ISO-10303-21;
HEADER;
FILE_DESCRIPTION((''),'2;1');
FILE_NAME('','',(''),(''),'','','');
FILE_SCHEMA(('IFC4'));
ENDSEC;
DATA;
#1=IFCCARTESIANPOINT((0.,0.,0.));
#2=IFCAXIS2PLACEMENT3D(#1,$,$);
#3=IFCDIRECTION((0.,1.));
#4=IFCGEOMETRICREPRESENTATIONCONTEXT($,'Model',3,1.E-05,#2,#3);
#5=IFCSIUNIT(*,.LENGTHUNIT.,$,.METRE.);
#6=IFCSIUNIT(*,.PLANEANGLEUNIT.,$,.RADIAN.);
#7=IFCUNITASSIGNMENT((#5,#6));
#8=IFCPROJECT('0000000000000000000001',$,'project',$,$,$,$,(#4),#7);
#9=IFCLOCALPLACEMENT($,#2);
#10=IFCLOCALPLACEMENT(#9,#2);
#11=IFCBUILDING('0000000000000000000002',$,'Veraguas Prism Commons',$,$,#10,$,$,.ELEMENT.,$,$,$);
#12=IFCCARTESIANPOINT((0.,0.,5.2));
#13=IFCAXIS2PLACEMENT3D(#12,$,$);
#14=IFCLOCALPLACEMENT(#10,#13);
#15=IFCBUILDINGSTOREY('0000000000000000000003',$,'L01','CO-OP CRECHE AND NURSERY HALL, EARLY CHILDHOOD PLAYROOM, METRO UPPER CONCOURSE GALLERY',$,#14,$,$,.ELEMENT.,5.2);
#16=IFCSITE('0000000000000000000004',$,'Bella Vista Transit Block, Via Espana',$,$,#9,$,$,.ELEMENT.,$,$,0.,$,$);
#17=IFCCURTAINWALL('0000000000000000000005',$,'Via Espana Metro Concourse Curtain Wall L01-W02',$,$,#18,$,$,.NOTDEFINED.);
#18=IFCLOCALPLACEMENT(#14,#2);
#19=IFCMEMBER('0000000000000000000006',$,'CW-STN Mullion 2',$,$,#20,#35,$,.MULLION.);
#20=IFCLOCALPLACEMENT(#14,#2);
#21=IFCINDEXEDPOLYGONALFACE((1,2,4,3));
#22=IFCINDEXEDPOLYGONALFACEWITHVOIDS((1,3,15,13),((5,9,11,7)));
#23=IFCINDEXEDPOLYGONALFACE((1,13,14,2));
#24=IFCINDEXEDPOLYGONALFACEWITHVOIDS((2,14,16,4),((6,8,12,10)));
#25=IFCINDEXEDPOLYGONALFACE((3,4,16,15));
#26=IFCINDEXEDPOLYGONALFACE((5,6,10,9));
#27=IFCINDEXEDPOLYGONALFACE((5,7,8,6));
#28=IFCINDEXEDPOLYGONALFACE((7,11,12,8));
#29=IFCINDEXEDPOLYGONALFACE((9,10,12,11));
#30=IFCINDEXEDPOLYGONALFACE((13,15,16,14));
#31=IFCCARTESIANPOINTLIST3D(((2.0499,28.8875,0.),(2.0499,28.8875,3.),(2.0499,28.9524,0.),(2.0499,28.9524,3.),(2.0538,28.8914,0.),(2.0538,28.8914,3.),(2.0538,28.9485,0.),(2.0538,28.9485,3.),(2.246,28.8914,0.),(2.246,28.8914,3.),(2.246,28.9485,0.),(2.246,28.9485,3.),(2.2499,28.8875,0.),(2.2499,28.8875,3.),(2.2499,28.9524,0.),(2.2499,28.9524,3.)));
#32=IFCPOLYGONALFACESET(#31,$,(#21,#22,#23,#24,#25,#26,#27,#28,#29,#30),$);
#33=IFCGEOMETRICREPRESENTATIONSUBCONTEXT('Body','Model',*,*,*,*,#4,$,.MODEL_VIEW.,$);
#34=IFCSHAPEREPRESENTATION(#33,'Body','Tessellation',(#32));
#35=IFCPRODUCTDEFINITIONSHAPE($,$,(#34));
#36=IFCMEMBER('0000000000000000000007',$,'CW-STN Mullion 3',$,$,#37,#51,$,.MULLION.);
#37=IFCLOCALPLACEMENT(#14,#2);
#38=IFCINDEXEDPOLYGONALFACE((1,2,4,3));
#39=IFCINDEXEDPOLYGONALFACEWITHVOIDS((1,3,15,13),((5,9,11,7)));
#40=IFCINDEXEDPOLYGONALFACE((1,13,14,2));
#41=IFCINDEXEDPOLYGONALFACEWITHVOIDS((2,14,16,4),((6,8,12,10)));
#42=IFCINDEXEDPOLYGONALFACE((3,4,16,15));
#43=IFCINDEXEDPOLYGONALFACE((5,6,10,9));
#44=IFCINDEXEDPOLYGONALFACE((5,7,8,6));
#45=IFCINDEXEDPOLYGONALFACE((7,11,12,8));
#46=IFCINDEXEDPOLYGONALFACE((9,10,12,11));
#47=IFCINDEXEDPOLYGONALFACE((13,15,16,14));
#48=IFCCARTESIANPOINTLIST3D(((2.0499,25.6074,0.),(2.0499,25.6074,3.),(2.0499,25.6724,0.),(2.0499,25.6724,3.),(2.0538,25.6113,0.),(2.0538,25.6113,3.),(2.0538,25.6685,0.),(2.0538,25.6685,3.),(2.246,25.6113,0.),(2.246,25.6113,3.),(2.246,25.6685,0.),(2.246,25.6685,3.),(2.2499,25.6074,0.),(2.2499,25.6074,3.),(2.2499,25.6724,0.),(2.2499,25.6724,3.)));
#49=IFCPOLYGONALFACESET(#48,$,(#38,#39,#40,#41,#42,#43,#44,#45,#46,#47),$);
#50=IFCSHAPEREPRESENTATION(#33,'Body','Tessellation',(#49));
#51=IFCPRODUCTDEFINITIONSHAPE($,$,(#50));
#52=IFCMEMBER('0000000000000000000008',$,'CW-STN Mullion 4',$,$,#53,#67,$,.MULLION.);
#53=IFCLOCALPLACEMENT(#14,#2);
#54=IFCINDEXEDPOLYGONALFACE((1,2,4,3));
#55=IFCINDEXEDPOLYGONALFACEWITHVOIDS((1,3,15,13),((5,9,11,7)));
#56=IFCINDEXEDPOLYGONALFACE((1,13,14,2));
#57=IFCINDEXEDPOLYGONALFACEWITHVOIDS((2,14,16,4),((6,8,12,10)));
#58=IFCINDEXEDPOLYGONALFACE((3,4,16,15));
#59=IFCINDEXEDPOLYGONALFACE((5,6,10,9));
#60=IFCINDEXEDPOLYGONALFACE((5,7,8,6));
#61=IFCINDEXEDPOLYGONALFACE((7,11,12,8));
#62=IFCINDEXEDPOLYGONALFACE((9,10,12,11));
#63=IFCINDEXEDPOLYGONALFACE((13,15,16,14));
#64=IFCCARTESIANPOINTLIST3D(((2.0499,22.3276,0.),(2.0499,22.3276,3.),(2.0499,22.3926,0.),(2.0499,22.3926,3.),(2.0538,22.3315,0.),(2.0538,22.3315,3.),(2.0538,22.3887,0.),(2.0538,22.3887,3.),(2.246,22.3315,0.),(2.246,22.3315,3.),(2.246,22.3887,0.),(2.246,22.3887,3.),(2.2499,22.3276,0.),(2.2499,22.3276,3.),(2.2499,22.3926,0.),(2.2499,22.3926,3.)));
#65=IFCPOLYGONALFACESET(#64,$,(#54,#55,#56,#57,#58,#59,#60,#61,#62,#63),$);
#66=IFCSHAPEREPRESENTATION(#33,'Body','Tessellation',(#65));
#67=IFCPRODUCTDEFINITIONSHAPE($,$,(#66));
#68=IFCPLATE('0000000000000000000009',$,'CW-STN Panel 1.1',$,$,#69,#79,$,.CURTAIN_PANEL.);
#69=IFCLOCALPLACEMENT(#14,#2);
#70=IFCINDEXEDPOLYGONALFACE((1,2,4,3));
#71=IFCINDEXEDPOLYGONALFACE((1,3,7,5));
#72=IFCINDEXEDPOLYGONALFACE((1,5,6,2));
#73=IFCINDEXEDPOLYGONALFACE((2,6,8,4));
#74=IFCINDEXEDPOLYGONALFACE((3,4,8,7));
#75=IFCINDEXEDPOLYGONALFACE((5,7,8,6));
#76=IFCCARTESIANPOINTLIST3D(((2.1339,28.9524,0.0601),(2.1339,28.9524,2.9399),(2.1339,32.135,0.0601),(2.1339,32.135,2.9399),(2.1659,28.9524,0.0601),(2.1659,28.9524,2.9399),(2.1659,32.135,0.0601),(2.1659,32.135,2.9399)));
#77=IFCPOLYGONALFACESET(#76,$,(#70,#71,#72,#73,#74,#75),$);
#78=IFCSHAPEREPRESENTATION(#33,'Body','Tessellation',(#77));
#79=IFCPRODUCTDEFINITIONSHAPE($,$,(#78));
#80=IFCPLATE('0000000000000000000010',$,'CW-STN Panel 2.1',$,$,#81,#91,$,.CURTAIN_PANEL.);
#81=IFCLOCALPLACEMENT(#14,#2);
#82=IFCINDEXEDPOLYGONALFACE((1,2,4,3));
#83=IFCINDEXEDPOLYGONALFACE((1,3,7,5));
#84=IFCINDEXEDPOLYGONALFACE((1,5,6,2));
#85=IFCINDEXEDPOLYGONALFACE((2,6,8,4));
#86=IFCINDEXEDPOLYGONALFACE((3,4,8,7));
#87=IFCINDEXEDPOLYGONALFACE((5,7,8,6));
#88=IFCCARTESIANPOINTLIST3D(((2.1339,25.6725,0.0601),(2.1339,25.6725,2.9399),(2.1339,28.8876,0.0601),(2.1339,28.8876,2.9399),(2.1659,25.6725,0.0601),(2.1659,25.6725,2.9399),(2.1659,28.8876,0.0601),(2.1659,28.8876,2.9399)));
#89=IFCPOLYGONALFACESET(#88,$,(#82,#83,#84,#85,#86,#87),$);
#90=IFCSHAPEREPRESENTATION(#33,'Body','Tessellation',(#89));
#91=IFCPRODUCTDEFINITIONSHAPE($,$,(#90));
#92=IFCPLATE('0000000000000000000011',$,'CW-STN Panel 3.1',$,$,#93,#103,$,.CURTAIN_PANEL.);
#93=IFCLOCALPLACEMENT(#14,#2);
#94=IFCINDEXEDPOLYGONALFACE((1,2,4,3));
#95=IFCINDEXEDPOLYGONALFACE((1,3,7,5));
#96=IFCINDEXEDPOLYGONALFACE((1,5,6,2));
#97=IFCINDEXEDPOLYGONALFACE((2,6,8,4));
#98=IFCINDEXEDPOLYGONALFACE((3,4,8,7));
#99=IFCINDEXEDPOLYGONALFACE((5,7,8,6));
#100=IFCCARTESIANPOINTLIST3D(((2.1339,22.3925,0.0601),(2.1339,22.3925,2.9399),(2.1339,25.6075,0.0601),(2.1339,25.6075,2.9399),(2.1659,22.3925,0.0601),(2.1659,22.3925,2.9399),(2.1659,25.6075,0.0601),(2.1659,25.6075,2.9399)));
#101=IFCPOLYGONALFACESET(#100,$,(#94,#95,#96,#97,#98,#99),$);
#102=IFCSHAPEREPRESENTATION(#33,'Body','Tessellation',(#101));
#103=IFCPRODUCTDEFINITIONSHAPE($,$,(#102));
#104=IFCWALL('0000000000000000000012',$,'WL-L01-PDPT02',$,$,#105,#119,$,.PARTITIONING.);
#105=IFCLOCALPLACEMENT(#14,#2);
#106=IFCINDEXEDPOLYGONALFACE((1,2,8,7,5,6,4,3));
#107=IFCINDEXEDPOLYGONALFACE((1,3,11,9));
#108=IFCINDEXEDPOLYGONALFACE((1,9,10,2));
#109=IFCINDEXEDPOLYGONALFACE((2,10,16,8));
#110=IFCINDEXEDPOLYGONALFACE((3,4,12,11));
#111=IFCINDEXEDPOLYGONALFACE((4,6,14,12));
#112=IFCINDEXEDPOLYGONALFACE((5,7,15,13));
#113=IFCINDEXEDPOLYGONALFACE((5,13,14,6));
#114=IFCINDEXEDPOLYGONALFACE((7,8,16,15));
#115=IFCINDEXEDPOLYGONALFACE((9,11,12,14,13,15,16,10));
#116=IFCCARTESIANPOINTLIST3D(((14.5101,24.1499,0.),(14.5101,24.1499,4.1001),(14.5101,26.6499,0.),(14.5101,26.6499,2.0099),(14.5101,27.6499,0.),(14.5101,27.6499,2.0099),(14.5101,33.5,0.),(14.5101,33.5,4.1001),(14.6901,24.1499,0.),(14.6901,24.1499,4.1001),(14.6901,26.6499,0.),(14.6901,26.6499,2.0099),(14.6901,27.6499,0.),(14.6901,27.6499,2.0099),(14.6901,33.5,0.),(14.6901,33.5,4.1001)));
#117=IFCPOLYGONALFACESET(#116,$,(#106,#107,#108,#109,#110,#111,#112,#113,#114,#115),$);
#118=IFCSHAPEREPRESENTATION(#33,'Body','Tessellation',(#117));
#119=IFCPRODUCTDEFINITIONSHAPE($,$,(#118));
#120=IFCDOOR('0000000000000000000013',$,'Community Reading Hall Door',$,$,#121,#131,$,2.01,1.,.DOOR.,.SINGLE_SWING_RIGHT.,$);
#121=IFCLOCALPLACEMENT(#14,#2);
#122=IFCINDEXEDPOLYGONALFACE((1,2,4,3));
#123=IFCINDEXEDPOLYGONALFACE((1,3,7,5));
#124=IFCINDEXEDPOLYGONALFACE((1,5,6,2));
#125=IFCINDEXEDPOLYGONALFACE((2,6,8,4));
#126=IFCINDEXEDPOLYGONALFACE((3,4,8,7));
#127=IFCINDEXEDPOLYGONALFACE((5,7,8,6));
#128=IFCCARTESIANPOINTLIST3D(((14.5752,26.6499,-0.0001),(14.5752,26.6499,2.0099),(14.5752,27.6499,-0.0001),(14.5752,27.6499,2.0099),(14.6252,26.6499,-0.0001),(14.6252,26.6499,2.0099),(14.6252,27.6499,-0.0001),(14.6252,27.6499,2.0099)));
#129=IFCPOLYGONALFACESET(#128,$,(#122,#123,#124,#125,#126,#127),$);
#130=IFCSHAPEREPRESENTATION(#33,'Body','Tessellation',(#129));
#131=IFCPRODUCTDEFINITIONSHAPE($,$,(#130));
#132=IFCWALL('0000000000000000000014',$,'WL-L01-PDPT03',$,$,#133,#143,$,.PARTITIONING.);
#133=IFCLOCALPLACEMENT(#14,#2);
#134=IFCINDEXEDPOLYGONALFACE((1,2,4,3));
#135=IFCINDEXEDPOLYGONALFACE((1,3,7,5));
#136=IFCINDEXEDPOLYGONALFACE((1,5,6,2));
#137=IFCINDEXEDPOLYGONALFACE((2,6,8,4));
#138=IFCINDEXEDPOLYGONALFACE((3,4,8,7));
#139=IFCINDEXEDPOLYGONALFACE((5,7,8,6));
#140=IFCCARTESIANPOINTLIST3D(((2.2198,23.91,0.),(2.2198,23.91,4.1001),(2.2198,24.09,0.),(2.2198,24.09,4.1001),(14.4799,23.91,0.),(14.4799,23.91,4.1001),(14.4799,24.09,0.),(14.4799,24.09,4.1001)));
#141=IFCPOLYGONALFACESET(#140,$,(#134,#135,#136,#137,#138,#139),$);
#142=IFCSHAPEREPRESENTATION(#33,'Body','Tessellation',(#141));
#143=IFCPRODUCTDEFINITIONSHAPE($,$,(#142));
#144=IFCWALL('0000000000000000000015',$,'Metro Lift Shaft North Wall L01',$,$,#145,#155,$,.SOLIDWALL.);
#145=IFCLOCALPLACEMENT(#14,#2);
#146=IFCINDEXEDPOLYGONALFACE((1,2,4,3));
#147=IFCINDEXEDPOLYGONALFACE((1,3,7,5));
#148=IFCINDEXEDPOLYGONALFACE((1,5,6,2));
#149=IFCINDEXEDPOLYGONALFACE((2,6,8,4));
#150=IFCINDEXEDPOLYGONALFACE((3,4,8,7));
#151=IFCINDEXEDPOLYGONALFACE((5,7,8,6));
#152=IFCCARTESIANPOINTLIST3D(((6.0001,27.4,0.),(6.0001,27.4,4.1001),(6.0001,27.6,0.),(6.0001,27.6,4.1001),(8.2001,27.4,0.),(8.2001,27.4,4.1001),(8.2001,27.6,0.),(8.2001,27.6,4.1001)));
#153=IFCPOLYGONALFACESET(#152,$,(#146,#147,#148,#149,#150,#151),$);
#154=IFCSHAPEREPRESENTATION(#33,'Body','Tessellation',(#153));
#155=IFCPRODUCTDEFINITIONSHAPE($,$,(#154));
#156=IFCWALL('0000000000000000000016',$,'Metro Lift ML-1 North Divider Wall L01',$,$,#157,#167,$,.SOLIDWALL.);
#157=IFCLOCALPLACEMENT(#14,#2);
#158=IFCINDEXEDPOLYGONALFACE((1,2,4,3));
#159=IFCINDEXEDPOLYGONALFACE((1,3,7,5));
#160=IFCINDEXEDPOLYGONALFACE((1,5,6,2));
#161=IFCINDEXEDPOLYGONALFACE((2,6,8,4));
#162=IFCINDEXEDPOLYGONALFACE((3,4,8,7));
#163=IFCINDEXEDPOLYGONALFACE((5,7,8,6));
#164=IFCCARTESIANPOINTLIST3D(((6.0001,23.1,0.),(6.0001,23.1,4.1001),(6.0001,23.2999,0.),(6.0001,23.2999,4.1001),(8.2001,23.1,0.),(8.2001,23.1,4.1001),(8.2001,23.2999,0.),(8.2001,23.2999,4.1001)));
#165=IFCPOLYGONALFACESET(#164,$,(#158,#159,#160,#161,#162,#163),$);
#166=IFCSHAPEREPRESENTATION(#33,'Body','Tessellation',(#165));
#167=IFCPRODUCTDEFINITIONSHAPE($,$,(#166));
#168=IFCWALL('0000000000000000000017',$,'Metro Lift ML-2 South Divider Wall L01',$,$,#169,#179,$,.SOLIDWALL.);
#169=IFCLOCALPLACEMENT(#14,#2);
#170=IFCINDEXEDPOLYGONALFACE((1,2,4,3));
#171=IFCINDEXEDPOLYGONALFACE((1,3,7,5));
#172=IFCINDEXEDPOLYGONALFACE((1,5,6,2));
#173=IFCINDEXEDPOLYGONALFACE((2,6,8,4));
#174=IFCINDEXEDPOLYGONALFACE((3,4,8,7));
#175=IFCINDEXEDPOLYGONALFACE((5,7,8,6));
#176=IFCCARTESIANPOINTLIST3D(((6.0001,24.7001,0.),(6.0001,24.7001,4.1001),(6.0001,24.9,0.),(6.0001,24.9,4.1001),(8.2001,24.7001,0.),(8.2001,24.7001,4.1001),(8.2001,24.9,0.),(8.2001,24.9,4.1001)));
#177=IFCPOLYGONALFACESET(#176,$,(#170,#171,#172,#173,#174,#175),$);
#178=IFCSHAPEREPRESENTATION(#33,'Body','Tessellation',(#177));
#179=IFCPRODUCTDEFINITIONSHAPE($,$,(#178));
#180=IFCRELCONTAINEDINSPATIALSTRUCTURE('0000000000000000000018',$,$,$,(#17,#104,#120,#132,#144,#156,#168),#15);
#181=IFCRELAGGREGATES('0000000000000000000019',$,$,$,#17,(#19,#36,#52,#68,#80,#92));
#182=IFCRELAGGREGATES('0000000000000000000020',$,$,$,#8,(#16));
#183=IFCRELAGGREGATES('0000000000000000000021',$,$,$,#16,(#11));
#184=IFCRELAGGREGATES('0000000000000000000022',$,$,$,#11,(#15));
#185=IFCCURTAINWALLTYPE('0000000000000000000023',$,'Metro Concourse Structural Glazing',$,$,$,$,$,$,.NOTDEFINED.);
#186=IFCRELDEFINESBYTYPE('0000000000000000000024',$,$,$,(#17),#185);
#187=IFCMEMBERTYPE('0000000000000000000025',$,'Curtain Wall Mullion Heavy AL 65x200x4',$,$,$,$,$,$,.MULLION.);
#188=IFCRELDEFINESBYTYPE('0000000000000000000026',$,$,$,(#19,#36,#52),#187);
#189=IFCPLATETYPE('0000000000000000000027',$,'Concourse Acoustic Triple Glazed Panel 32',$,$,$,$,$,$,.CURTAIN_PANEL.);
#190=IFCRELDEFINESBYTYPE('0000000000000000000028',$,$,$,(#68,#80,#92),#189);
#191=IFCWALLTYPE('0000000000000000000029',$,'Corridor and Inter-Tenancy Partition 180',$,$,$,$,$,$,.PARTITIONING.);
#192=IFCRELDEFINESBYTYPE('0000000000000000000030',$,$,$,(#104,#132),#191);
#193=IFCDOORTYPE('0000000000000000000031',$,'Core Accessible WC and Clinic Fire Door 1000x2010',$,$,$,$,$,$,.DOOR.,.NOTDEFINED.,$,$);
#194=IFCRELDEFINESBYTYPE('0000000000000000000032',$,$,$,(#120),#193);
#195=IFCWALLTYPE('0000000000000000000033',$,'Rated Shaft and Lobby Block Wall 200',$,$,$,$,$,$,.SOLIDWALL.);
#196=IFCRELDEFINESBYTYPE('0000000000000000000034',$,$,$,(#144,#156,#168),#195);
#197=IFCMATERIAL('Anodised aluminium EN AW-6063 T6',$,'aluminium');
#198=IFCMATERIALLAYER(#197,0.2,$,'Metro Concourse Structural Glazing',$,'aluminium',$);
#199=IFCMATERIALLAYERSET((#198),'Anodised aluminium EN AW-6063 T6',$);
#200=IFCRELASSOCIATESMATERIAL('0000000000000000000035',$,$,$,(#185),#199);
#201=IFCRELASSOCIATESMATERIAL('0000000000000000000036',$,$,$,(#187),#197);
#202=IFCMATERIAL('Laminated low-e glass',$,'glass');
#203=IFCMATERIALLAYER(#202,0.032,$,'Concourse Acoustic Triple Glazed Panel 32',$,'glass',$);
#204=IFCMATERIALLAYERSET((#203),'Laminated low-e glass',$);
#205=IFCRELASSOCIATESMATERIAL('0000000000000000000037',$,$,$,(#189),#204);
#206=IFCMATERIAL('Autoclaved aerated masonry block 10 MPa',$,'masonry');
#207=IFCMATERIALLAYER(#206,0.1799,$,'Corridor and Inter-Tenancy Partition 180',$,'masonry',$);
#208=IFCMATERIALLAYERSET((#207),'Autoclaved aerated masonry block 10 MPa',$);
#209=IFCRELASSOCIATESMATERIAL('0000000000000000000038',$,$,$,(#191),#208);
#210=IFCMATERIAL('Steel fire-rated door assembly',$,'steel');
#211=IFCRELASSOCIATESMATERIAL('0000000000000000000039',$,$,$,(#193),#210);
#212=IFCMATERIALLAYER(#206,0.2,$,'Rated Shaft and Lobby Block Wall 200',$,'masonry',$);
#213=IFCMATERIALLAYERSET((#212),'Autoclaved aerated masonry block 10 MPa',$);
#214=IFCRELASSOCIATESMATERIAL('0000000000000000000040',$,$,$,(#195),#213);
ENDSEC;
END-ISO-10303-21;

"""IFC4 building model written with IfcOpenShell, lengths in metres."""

from ifc_helpers import new_model, si_unit, direction, frame, frame_2d, origin, origin_2d, place, context, subcontext, project, spatial, rectangle, hollow_rectangle, extrude, source, transform, mapped, material, layer, layer_set, material_profile, profile_set, type_object, element, fill, aggregate, save


model = new_model("IFC4")

# Units and contexts
model_context = context("Model", 3, precision=1e-05, world=origin(), true_north=direction((0.0, 1.0)))
body_context = subcontext(model_context, "Body", "Model", "MODEL_VIEW")
ifc_project = project(units=[si_unit("LENGTHUNIT", "METRE"), si_unit("PLANEANGLEUNIT", "RADIAN")], contexts=[model_context])

# Site, building, storey
site_placement = place(None, origin())
site = spatial("IfcSite", under=ifc_project, at=site_placement, Name="Bella Vista Transit Block, Via Espana", CompositionType="ELEMENT", RefElevation=0.0)
building_placement = place(site_placement, origin())
building = spatial("IfcBuilding", under=site, at=building_placement, Name="Veraguas Prism Commons", CompositionType="ELEMENT")
storey_placement = place(building_placement, frame((0.0, 0.0, 5.2)))
storey = spatial("IfcBuildingStorey", under=building, at=storey_placement, Name="L01", Description="CO-OP CRECHE AND NURSERY HALL, EARLY CHILDHOOD PLAYROOM, METRO UPPER CONCOURSE GALLERY", CompositionType="ELEMENT", Elevation=5.2)

# Curtain wall, members, plates
ifc_material_1 = material(Name="Anodised aluminium EN AW-6063 T6", Category="aluminium")
ifc_layer_1 = layer(ifc_material_1, 0.2, Name="Metro Concourse Structural Glazing", Category="aluminium")
ifc_layer_set_1 = layer_set([ifc_layer_1], Name="Anodised aluminium EN AW-6063 T6")
curtain_wall_type = type_object("IfcCurtainWallType", Name="Metro Concourse Structural Glazing", PredefinedType="NOTDEFINED", material=ifc_layer_set_1)
curtain_wall_placement = place(storey_placement, origin())
curtain_wall = element("IfcCurtainWall", 1, at=curtain_wall_placement, inside=storey, type_object=curtain_wall_type, Name="Via Espana Metro Concourse Curtain Wall L01-W02", PredefinedType="NOTDEFINED")
ifc_material_profile_1 = material_profile(ifc_material_1, hollow_rectangle(XDim=0.0649, YDim=0.2, WallThickness=0.0039, at=origin_2d()), Name="AL65X200X4")
ifc_profile_set_1 = profile_set([ifc_material_profile_1], Name="Anodised aluminium EN AW-6063 T6")
member_type_1 = type_object("IfcMemberType", Name="Curtain Wall Mullion Heavy AL 65x200x4", PredefinedType="MULLION", material=ifc_profile_set_1)
shared_shape_1 = source(origin(), body_context, "Body", "SweptSolid", [
    extrude(hollow_rectangle(XDim=0.0649, YDim=0.2, WallThickness=0.0039, at=origin_2d()), origin(), (0.0, 0.0, 1.0), 3.0),
])
member_1_placement = place(storey_placement, frame((2.1499, 28.9199, 0.0), z_axis=(0.0, 0.0, 1.0), x_axis=(0.0, -1.0, 0.0)))
member_1 = element("IfcMember", 2, at=member_1_placement, type_object=member_type_1, Name="CW-STN Mullion 2", PredefinedType="MULLION", context=body_context, shape_type="MappedRepresentation", body=[
    mapped(shared_shape_1, transform((0.0, 0.0, 0.0), scale=1.0)),
])
member_2_placement = place(storey_placement, frame((2.1499, 25.6399, 0.0), z_axis=(0.0, 0.0, 1.0), x_axis=(0.0, -1.0, 0.0)))
member_2 = element("IfcMember", 3, at=member_2_placement, type_object=member_type_1, Name="CW-STN Mullion 3", PredefinedType="MULLION", context=body_context, shape_type="MappedRepresentation", body=[
    mapped(shared_shape_1, transform((0.0, 0.0, 0.0), scale=1.0)),
])
member_3_placement = place(storey_placement, frame((2.1499, 22.3601, 0.0), z_axis=(0.0, 0.0, 1.0), x_axis=(0.0, -1.0, 0.0)))
member_3 = element("IfcMember", 4, at=member_3_placement, type_object=member_type_1, Name="CW-STN Mullion 4", PredefinedType="MULLION", context=body_context, shape_type="MappedRepresentation", body=[
    mapped(shared_shape_1, transform((0.0, 0.0, 0.0), scale=1.0)),
])
ifc_material_2 = material(Name="Laminated low-e glass", Category="glass")
ifc_layer_2 = layer(ifc_material_2, 0.032, Name="Concourse Acoustic Triple Glazed Panel 32", Category="glass")
ifc_layer_set_2 = layer_set([ifc_layer_2], Name="Laminated low-e glass")
plate_type = type_object("IfcPlateType", Name="Concourse Acoustic Triple Glazed Panel 32", PredefinedType="CURTAIN_PANEL", material=ifc_layer_set_2)
shared_shape_2 = source(origin(), body_context, "Body", "SweptSolid", [
    extrude(rectangle(XDim=3.1826, YDim=0.032, at=origin_2d()), origin(), (0.0, 0.0, 1.0), 2.8799),
])
plate_1_placement = place(storey_placement, frame((2.1499, 30.5437, 0.0601), z_axis=(0.0, 0.0, 1.0), x_axis=(0.0, -1.0, 0.0)))
plate_1 = element("IfcPlate", 5, at=plate_1_placement, type_object=plate_type, Name="CW-STN Panel 1.1", PredefinedType="CURTAIN_PANEL", context=body_context, shape_type="MappedRepresentation", body=[
    mapped(shared_shape_2, transform((0.0, 0.0, 0.0), scale=1.0)),
])
shared_shape_3 = source(origin(), body_context, "Body", "SweptSolid", [
    extrude(rectangle(XDim=3.2151, YDim=0.032, at=origin_2d()), origin(), (0.0, 0.0, 1.0), 2.8799),
])
plate_2_placement = place(storey_placement, frame((2.1499, 27.28, 0.0601), z_axis=(0.0, 0.0, 1.0), x_axis=(0.0, -1.0, 0.0)))
plate_2 = element("IfcPlate", 6, at=plate_2_placement, type_object=plate_type, Name="CW-STN Panel 2.1", PredefinedType="CURTAIN_PANEL", context=body_context, shape_type="MappedRepresentation", body=[
    mapped(shared_shape_3, transform((0.0, 0.0, 0.0), scale=1.0)),
])
plate_3_placement = place(storey_placement, frame((2.1499, 24.0, 0.0601), z_axis=(0.0, 0.0, 1.0), x_axis=(0.0, -1.0, 0.0)))
plate_3 = element("IfcPlate", 7, at=plate_3_placement, type_object=plate_type, Name="CW-STN Panel 3.1", PredefinedType="CURTAIN_PANEL", context=body_context, shape_type="MappedRepresentation", body=[
    mapped(shared_shape_3, transform((0.0, 0.0, 0.0), scale=1.0)),
])
aggregate(curtain_wall, [member_1, member_2, member_3, plate_1, plate_2, plate_3])

# Wall, opening, door
ifc_material_3 = material(Name="Autoclaved aerated masonry block 10 MPa", Category="masonry")
ifc_layer_3 = layer(ifc_material_3, 0.1799, Name="Corridor and Inter-Tenancy Partition 180", Category="masonry")
ifc_layer_set_3 = layer_set([ifc_layer_3], Name="Autoclaved aerated masonry block 10 MPa")
wall_type_1 = type_object("IfcWallType", Name="Corridor and Inter-Tenancy Partition 180", PredefinedType="PARTITIONING", material=ifc_layer_set_3)
wall_1_placement = place(storey_placement, frame((14.6001, 24.1499, 0.0), z_axis=(0.0, 0.0, 1.0), x_axis=(0.0, 1.0, 0.0)))
wall_1 = element("IfcWall", 8, at=wall_1_placement, inside=storey, type_object=wall_type_1, Name="WL-L01-PDPT02", PredefinedType="PARTITIONING", context=body_context, shape_type="SweptSolid", body=[
    extrude(rectangle(XDim=9.3501, YDim=0.1799, at=frame_2d((4.675, 0.0))), origin(), (0.0, 0.0, 1.0), 4.1001),
])
opening_placement = place(wall_1_placement, frame((2.5, 0.0, 0.0)))
opening = element("IfcOpeningElement", 9, at=opening_placement, cuts=wall_1, PredefinedType="OPENING", context=body_context, shape_type="SweptSolid", body=[
    extrude(rectangle(XDim=1.0, YDim=2.01, at=frame_2d((0.5, 1.0049))), frame((0.0, 0.0999, 0.0), z_axis=(0.0, -1.0, 0.0), x_axis=(1.0, 0.0, 0.0)), (0.0, 0.0, 1.0), 0.2),
])
ifc_material_4 = material(Name="Steel fire-rated door assembly", Category="steel")
door_type = type_object("IfcDoorType", Name="Core Accessible WC and Clinic Fire Door 1000x2010", OperationType="NOTDEFINED", PredefinedType="DOOR", material=ifc_material_4)
shared_shape_4 = source(origin(), body_context, "Body", "SweptSolid", [
    extrude(rectangle(XDim=1.0, YDim=2.01, at=frame_2d((0.5, 1.0049))), frame((0.0, 0.0249, 0.0), z_axis=(0.0, -1.0, 0.0), x_axis=(1.0, 0.0, 0.0)), (0.0, 0.0, 1.0), 0.05),
])
door_placement = place(opening_placement, origin())
door = element("IfcDoor", 10, at=door_placement, inside=storey, type_object=door_type, Name="Community Reading Hall Door", OperationType="SINGLE_SWING_RIGHT", OverallHeight=2.01, OverallWidth=1.0, PredefinedType="DOOR", context=body_context, shape_type="MappedRepresentation", body=[
    mapped(shared_shape_4, transform((0.0, 0.0, 0.0), scale=1.0)),
])
fill(opening, door)

# Walls
wall_2_placement = place(storey_placement, frame((2.22, 24.0, 0.0), z_axis=(0.0, 0.0, 1.0), x_axis=(1.0, 0.0, 0.0)))
element("IfcWall", 11, at=wall_2_placement, inside=storey, type_object=wall_type_1, Name="WL-L01-PDPT03", PredefinedType="PARTITIONING", context=body_context, shape_type="SweptSolid", body=[
    extrude(rectangle(XDim=12.26, YDim=0.1799, at=frame_2d((6.1299, 0.0))), origin(), (0.0, 0.0, 1.0), 4.1001),
])
ifc_layer_4 = layer(ifc_material_3, 0.2, Name="Rated Shaft and Lobby Block Wall 200", Category="masonry")
ifc_layer_set_4 = layer_set([ifc_layer_4], Name="Autoclaved aerated masonry block 10 MPa")
wall_type_2 = type_object("IfcWallType", Name="Rated Shaft and Lobby Block Wall 200", PredefinedType="SOLIDWALL", material=ifc_layer_set_4)
for number, where, z_axis, x_axis, name in (
    (12, (6.0, 27.5, 0.0), (0.0, 0.0, 1.0), (1.0, 0.0, 0.0), "Metro Lift Shaft North Wall L01"),
    (13, (6.0, 23.2, 0.0), (0.0, 0.0, 1.0), (1.0, 0.0, 0.0), "Metro Lift ML-1 North Divider Wall L01"),
    (14, (6.0, 24.8, 0.0), (0.0, 0.0, 1.0), (1.0, 0.0, 0.0), "Metro Lift ML-2 South Divider Wall L01"),
):
    element("IfcWall", number, at=place(storey_placement, frame(where, z_axis=z_axis, x_axis=x_axis)), inside=storey, type_object=wall_type_2, Name=name, PredefinedType="SOLIDWALL", context=body_context, shape_type="SweptSolid", body=[
        extrude(rectangle(XDim=2.2, YDim=0.2, at=frame_2d((1.1001, 0.0))), origin(), (0.0, 0.0, 1.0), 4.1001),
    ])

save(model, "model.ifc")
